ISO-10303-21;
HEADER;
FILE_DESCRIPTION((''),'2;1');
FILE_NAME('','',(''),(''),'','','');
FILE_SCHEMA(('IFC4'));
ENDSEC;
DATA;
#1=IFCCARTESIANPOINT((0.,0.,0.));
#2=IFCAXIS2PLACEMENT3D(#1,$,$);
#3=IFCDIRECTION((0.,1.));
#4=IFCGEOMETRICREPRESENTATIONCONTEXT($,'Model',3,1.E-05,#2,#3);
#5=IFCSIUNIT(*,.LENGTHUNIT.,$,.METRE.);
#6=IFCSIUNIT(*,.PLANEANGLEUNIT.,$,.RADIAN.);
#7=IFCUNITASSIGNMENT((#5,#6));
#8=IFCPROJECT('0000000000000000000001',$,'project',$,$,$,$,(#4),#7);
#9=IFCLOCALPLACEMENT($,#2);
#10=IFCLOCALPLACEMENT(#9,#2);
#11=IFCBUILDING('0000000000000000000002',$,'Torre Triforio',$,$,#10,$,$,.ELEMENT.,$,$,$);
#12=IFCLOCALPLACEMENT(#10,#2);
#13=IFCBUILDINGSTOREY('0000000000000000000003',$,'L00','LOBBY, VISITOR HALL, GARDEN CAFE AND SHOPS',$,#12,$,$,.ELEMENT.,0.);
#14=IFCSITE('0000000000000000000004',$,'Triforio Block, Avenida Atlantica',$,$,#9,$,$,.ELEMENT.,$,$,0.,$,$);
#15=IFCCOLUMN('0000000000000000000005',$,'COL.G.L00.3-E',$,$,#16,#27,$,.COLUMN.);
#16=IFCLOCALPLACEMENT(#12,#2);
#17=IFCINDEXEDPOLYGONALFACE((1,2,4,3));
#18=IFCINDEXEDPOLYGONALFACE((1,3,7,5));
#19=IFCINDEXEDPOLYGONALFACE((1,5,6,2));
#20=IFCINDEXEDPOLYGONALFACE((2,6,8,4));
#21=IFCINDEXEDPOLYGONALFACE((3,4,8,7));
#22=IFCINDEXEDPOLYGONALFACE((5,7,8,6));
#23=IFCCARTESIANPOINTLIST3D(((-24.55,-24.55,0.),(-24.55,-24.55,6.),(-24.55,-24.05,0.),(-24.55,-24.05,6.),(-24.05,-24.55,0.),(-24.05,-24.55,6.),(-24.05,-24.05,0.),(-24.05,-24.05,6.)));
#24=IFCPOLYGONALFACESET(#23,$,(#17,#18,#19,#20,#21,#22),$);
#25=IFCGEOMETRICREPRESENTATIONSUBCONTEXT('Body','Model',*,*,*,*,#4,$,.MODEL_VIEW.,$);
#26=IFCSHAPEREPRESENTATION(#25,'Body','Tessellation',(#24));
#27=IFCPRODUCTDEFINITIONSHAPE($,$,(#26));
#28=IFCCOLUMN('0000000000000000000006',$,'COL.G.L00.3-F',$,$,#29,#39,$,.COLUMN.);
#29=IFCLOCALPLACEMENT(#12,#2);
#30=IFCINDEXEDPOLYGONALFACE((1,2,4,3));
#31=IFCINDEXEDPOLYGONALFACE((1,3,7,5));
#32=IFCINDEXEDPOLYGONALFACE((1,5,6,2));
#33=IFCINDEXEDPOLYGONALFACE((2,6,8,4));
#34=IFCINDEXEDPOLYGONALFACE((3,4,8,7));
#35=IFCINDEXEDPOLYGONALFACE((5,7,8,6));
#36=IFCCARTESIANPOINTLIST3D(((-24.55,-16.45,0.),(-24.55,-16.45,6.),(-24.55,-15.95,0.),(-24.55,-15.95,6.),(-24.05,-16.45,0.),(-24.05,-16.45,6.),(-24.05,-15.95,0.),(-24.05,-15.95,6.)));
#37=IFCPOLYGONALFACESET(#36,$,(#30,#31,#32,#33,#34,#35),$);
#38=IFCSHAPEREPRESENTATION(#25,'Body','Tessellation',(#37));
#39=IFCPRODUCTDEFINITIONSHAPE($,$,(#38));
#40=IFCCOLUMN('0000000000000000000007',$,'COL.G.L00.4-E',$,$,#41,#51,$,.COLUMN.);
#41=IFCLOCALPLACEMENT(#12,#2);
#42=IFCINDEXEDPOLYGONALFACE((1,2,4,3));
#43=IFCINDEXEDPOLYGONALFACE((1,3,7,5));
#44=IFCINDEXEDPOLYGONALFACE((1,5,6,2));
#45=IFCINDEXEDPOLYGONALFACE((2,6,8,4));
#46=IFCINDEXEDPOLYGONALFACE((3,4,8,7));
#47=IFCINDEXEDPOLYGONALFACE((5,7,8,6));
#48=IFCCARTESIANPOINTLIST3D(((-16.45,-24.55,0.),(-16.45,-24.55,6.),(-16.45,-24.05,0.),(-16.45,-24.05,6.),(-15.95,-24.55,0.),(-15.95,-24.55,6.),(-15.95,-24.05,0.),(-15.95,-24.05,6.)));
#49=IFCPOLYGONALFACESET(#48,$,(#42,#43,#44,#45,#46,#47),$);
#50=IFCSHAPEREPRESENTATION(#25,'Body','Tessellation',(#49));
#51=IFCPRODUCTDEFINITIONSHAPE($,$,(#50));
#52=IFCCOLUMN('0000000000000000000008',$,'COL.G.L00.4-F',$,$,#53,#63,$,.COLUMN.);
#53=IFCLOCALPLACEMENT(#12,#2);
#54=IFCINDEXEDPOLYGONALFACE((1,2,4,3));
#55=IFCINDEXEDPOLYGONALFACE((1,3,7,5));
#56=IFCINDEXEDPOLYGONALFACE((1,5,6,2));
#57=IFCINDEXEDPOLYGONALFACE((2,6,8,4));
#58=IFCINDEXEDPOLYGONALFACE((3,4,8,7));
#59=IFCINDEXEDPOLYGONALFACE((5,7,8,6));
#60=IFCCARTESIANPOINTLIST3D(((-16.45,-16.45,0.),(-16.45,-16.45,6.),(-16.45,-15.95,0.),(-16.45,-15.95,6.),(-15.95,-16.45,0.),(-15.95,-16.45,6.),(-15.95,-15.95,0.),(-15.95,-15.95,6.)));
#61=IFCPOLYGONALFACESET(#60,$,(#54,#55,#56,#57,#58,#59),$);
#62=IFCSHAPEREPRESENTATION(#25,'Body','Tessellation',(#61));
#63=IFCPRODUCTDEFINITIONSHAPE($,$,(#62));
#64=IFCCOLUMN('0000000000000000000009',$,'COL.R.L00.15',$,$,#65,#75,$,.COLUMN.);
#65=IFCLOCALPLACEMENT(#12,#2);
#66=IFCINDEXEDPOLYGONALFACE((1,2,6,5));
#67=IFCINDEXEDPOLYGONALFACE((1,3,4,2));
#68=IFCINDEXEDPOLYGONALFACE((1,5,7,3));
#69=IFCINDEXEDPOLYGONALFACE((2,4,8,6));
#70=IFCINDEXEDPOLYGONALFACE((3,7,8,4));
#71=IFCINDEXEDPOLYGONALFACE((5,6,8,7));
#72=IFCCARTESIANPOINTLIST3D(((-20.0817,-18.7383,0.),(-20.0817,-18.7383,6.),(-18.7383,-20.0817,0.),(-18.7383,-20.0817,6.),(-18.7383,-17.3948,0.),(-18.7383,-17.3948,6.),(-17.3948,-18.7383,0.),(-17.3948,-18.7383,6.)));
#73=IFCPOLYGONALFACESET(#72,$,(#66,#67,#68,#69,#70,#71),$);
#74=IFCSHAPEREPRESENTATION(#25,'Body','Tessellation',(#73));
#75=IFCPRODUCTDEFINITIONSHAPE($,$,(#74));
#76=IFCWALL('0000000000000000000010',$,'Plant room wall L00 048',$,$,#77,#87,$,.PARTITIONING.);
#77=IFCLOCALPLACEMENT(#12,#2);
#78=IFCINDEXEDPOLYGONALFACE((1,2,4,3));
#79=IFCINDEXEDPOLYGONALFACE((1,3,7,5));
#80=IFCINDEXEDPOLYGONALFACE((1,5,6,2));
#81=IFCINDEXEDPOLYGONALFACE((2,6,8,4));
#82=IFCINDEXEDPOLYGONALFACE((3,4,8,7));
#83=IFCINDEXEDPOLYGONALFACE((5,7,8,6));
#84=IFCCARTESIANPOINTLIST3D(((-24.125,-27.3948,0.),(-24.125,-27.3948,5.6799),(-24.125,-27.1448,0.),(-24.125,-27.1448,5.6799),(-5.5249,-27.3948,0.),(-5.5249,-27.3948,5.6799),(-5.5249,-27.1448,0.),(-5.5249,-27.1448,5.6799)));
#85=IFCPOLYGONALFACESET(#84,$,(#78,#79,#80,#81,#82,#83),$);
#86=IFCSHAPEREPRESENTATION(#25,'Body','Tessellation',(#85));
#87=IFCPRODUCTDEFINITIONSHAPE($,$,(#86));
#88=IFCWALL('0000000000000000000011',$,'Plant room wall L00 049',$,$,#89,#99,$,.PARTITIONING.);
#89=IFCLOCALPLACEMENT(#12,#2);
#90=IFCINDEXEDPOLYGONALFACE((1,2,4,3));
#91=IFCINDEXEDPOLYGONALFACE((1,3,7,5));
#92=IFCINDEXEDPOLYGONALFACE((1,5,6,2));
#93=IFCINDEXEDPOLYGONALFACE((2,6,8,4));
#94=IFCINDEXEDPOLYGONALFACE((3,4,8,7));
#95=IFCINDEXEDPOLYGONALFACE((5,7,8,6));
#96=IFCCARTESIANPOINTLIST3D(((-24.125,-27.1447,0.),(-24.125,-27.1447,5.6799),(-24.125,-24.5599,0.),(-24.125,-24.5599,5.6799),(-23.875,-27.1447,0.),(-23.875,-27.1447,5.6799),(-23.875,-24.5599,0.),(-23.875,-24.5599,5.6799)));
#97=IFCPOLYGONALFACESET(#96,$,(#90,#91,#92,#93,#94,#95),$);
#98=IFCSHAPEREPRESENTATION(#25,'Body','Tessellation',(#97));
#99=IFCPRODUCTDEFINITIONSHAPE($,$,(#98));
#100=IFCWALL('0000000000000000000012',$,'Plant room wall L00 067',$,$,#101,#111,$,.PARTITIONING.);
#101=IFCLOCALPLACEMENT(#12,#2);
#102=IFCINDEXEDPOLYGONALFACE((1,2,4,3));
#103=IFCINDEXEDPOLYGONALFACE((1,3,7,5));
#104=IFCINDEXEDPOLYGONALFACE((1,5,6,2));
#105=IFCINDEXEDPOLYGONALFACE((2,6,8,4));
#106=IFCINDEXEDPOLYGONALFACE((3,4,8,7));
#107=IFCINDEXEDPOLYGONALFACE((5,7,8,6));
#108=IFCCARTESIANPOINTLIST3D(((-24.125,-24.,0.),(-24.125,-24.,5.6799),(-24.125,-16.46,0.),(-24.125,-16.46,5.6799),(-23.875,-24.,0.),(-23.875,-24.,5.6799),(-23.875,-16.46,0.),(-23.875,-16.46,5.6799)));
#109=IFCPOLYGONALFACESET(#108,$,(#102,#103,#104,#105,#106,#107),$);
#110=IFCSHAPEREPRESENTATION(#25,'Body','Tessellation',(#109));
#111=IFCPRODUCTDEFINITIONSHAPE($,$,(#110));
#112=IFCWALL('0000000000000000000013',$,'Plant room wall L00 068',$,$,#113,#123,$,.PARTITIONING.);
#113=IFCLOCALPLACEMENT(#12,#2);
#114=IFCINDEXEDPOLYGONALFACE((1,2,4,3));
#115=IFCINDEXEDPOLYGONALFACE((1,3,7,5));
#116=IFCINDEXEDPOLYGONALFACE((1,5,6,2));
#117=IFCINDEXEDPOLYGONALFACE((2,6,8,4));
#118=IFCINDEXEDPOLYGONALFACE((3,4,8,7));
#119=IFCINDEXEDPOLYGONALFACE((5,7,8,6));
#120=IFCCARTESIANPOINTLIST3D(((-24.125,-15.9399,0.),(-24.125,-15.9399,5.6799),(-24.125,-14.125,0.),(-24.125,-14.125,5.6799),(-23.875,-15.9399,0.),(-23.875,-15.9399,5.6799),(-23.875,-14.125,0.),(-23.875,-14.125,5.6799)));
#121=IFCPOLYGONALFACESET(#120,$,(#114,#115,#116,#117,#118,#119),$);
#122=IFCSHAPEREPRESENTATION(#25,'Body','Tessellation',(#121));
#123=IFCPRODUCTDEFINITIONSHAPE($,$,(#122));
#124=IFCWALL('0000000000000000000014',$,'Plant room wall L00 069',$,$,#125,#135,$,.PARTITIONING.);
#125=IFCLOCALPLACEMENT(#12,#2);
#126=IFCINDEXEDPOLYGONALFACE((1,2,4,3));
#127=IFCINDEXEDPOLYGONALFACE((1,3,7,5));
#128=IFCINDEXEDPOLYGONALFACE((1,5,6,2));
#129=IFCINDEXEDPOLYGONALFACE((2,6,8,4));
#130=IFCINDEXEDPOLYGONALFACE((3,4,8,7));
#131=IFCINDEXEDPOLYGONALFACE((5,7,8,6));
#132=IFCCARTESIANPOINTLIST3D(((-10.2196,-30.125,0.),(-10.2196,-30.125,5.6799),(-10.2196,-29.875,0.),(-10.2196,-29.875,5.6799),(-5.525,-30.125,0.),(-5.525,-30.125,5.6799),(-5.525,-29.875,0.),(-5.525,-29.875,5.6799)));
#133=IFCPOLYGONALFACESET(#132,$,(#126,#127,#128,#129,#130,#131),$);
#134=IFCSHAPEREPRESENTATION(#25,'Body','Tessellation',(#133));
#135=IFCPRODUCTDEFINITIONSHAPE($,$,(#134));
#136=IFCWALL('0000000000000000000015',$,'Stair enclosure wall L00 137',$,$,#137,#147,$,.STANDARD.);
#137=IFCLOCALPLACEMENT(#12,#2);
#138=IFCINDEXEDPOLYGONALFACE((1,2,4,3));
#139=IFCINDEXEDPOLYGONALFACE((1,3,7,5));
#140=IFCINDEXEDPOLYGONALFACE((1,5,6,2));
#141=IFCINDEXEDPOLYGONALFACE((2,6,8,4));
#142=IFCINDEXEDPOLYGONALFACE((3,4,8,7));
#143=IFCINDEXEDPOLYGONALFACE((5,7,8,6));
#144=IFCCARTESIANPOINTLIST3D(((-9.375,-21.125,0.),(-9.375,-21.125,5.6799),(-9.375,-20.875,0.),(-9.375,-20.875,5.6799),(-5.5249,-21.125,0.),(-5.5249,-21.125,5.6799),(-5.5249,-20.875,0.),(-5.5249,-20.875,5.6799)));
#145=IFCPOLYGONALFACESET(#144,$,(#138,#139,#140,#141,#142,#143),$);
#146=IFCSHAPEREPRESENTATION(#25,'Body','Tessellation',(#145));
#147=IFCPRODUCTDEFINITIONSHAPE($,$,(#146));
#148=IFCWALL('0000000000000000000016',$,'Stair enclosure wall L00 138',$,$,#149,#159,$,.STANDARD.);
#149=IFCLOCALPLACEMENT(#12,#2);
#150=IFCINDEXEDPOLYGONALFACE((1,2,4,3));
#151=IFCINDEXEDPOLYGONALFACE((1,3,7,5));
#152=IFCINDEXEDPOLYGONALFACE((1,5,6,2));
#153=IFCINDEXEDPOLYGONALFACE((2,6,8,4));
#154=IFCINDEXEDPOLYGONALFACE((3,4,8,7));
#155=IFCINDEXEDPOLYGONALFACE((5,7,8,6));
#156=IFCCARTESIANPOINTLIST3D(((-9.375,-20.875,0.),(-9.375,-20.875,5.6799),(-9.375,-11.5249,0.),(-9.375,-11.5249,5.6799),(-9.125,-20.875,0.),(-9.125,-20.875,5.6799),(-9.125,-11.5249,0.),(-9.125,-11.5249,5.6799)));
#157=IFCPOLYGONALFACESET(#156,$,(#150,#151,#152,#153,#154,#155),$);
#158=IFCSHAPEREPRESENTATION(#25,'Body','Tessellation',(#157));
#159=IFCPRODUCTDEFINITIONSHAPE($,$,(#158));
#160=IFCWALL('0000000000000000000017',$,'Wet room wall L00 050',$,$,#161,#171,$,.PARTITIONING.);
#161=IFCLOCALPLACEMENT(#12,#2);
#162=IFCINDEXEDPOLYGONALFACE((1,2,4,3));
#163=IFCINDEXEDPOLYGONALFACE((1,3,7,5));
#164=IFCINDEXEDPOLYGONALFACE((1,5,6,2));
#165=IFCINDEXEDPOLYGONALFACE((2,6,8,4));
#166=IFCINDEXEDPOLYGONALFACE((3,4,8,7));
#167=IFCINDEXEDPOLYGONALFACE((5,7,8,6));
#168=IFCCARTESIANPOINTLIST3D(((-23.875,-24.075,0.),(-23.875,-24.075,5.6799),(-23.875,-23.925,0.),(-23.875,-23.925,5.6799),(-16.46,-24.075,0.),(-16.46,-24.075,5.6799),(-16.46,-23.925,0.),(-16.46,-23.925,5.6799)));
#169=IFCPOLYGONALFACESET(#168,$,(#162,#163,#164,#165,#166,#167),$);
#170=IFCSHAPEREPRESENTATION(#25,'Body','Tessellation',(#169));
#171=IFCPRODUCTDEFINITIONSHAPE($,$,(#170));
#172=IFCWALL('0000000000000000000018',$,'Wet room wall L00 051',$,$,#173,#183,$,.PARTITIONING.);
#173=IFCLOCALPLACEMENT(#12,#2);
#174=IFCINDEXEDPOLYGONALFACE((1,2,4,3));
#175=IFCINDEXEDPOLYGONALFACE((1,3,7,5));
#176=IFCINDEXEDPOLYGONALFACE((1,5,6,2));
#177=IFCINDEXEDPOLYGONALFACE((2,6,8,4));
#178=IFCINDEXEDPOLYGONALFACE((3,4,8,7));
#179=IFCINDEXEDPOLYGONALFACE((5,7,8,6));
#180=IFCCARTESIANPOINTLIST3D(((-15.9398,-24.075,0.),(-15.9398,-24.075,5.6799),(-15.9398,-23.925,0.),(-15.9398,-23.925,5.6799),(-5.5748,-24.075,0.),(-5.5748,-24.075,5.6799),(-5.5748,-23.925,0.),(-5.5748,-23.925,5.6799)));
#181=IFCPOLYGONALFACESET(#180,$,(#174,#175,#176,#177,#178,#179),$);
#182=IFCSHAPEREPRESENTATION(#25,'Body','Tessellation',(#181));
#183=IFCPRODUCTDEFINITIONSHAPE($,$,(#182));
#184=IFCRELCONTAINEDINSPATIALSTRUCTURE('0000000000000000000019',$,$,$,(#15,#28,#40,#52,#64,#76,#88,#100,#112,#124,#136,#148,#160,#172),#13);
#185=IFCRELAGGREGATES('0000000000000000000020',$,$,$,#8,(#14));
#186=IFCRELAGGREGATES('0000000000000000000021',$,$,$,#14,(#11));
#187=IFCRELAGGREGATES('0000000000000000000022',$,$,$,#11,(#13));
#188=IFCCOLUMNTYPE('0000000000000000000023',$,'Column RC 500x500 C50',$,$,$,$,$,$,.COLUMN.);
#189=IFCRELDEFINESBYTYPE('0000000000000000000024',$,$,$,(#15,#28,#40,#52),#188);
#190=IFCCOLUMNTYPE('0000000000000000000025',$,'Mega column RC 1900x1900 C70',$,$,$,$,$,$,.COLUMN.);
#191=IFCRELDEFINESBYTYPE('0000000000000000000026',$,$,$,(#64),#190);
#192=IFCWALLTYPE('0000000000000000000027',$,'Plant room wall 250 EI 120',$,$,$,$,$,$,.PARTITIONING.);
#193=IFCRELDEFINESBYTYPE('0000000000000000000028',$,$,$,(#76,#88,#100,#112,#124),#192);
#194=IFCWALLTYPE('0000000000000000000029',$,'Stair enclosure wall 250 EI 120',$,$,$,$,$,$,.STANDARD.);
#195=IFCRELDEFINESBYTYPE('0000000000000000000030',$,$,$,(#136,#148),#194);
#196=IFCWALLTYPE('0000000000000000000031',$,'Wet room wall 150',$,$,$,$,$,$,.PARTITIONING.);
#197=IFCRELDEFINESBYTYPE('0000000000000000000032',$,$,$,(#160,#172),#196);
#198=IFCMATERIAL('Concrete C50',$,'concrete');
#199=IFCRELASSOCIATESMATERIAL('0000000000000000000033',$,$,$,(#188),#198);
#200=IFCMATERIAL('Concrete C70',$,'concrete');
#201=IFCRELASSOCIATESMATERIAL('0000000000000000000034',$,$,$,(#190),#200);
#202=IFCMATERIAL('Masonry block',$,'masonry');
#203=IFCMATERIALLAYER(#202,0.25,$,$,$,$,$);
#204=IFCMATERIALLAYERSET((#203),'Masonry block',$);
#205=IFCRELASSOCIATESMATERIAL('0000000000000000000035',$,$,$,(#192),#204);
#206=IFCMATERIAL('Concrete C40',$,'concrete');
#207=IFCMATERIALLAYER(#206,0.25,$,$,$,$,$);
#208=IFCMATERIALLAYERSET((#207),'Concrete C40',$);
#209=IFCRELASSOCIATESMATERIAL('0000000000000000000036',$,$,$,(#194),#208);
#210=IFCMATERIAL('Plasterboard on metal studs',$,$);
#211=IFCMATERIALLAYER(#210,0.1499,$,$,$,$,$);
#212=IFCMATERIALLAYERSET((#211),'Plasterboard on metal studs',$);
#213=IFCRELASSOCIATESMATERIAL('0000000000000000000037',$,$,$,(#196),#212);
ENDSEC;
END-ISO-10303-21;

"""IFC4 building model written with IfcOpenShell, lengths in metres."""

from ifc_helpers import new_model, si_unit, direction, frame, frame_2d, origin, origin_2d, place, context, subcontext, project, spatial, rectangle, extrude, material, layer, layer_set, material_profile, profile_set, type_object, element, save


model = new_model("IFC4")

# Units and contexts
model_context = context("Model", 3, precision=1e-05, world=origin(), true_north=direction((0.0, 1.0)))
body_context = subcontext(model_context, "Body", "Model", "MODEL_VIEW")
ifc_project = project(units=[si_unit("LENGTHUNIT", "METRE"), si_unit("PLANEANGLEUNIT", "RADIAN")], contexts=[model_context])

# Site, building, storey
site_placement = place(None, origin())
site = spatial("IfcSite", under=ifc_project, at=site_placement, Name="Triforio Block, Avenida Atlantica", CompositionType="ELEMENT", RefElevation=0.0)
building_placement = place(site_placement, origin())
building = spatial("IfcBuilding", under=site, at=building_placement, Name="Torre Triforio", CompositionType="ELEMENT")
storey_placement = place(building_placement, origin())
storey = spatial("IfcBuildingStorey", under=building, at=storey_placement, Name="L00", Description="LOBBY, VISITOR HALL, GARDEN CAFE AND SHOPS", CompositionType="ELEMENT", Elevation=0.0)

# Columns
ifc_material_1 = material(Name="Concrete C50", Category="concrete")
ifc_material_profile_1 = material_profile(ifc_material_1, rectangle(XDim=0.5, YDim=0.5, at=origin_2d()), Name="RC 500x500")
ifc_profile_set_1 = profile_set([ifc_material_profile_1], Name="Concrete C50")
column_type_1 = type_object("IfcColumnType", Name="Column RC 500x500 C50", PredefinedType="COLUMN", material=ifc_profile_set_1)
for number, where, z_axis, x_axis, name in (
    (1, (-24.3, -24.3, 0.0), (0.0, 0.0, 1.0), (1.0, 0.0, 0.0), "COL.G.L00.3-E"),
    (2, (-24.3, -16.2, 0.0), (0.0, 0.0, 1.0), (1.0, 0.0, 0.0), "COL.G.L00.3-F"),
    (3, (-16.2, -24.3, 0.0), (0.0, 0.0, 1.0), (1.0, 0.0, 0.0), "COL.G.L00.4-E"),
    (4, (-16.2, -16.2, 0.0), (0.0, 0.0, 1.0), (1.0, 0.0, 0.0), "COL.G.L00.4-F"),
):
    element("IfcColumn", number, at=place(storey_placement, frame(where, z_axis=z_axis, x_axis=x_axis)), inside=storey, type_object=column_type_1, Name=name, PredefinedType="COLUMN", context=body_context, shape_type="SweptSolid", body=[
        extrude(rectangle(XDim=0.5, YDim=0.5, at=origin_2d()), origin(), (0.0, 0.0, 1.0), 6.0),
    ])
ifc_material_2 = material(Name="Concrete C70", Category="concrete")
ifc_material_profile_2 = material_profile(ifc_material_2, rectangle(XDim=1.8999, YDim=1.8999, at=origin_2d()), Name="RC 1900x1900")
ifc_profile_set_2 = profile_set([ifc_material_profile_2], Name="Concrete C70")
column_type_2 = type_object("IfcColumnType", Name="Mega column RC 1900x1900 C70", PredefinedType="COLUMN", material=ifc_profile_set_2)
column_placement = place(storey_placement, frame((-18.7383, -18.7383, 0.0), z_axis=(0.0, 0.0, 1.0), x_axis=(0.707107, -0.707107, 0.0)))
element("IfcColumn", 5, at=column_placement, inside=storey, type_object=column_type_2, Name="COL.R.L00.15", PredefinedType="COLUMN", context=body_context, shape_type="SweptSolid", body=[
    extrude(rectangle(XDim=1.8999, YDim=1.8999, at=origin_2d()), origin(), (0.0, 0.0, 1.0), 6.0),
])

# Walls
ifc_material_3 = material(Name="Masonry block", Category="masonry")
ifc_layer_1 = layer(ifc_material_3, 0.25)
ifc_layer_set_1 = layer_set([ifc_layer_1], Name="Masonry block")
wall_type_1 = type_object("IfcWallType", Name="Plant room wall 250 EI 120", PredefinedType="PARTITIONING", material=ifc_layer_set_1)
wall_1_placement = place(storey_placement, frame((-24.125, -27.2698, 0.0), z_axis=(0.0, 0.0, 1.0), x_axis=(1.0, 0.0, 0.0)))
element("IfcWall", 6, at=wall_1_placement, inside=storey, type_object=wall_type_1, Name="Plant room wall L00 048", PredefinedType="PARTITIONING", context=body_context, shape_type="SweptSolid", body=[
    extrude(rectangle(XDim=18.6001, YDim=0.25, at=frame_2d((9.3, 0.0))), origin(), (0.0, 0.0, 1.0), 5.6799),
])
wall_2_placement = place(storey_placement, frame((-24.0, -27.1448, 0.0), z_axis=(0.0, 0.0, 1.0), x_axis=(0.0, 1.0, 0.0)))
element("IfcWall", 7, at=wall_2_placement, inside=storey, type_object=wall_type_1, Name="Plant room wall L00 049", PredefinedType="PARTITIONING", context=body_context, shape_type="SweptSolid", body=[
    extrude(rectangle(XDim=2.5847, YDim=0.25, at=frame_2d((1.2925, 0.0))), origin(), (0.0, 0.0, 1.0), 5.6799),
])
wall_3_placement = place(storey_placement, frame((-24.0, -24.0, 0.0), z_axis=(0.0, 0.0, 1.0), x_axis=(0.0, 1.0, 0.0)))
element("IfcWall", 8, at=wall_3_placement, inside=storey, type_object=wall_type_1, Name="Plant room wall L00 067", PredefinedType="PARTITIONING", context=body_context, shape_type="SweptSolid", body=[
    extrude(rectangle(XDim=7.54, YDim=0.25, at=frame_2d((3.77, 0.0))), origin(), (0.0, 0.0, 1.0), 5.6799),
])
wall_4_placement = place(storey_placement, frame((-24.0, -15.9399, 0.0), z_axis=(0.0, 0.0, 1.0), x_axis=(0.0, 1.0, 0.0)))
element("IfcWall", 9, at=wall_4_placement, inside=storey, type_object=wall_type_1, Name="Plant room wall L00 068", PredefinedType="PARTITIONING", context=body_context, shape_type="SweptSolid", body=[
    extrude(rectangle(XDim=1.8149, YDim=0.25, at=frame_2d((0.9075, 0.0))), origin(), (0.0, 0.0, 1.0), 5.6799),
])
wall_5_placement = place(storey_placement, frame((-10.2195, -30.0, 0.0), z_axis=(0.0, 0.0, 1.0), x_axis=(1.0, 0.0, 0.0)))
element("IfcWall", 10, at=wall_5_placement, inside=storey, type_object=wall_type_1, Name="Plant room wall L00 069", PredefinedType="PARTITIONING", context=body_context, shape_type="SweptSolid", body=[
    extrude(rectangle(XDim=4.6946, YDim=0.25, at=frame_2d((2.3472, 0.0))), origin(), (0.0, 0.0, 1.0), 5.6799),
])
ifc_material_4 = material(Name="Concrete C40", Category="concrete")
ifc_layer_2 = layer(ifc_material_4, 0.25)
ifc_layer_set_2 = layer_set([ifc_layer_2], Name="Concrete C40")
wall_type_2 = type_object("IfcWallType", Name="Stair enclosure wall 250 EI 120", PredefinedType="STANDARD", material=ifc_layer_set_2)
wall_6_placement = place(storey_placement, frame((-9.375, -21.0, 0.0), z_axis=(0.0, 0.0, 1.0), x_axis=(1.0, 0.0, 0.0)))
element("IfcWall", 11, at=wall_6_placement, inside=storey, type_object=wall_type_2, Name="Stair enclosure wall L00 137", PredefinedType="STANDARD", context=body_context, shape_type="SweptSolid", body=[
    extrude(rectangle(XDim=3.8501, YDim=0.25, at=frame_2d((1.925, 0.0))), origin(), (0.0, 0.0, 1.0), 5.6799),
])
wall_7_placement = place(storey_placement, frame((-9.25, -20.875, 0.0), z_axis=(0.0, 0.0, 1.0), x_axis=(0.0, 1.0, 0.0)))
element("IfcWall", 12, at=wall_7_placement, inside=storey, type_object=wall_type_2, Name="Stair enclosure wall L00 138", PredefinedType="STANDARD", context=body_context, shape_type="SweptSolid", body=[
    extrude(rectangle(XDim=9.3501, YDim=0.25, at=frame_2d((4.675, 0.0))), origin(), (0.0, 0.0, 1.0), 5.6799),
])
ifc_material_5 = material(Name="Plasterboard on metal studs")
ifc_layer_3 = layer(ifc_material_5, 0.1499)
ifc_layer_set_3 = layer_set([ifc_layer_3], Name="Plasterboard on metal studs")
wall_type_3 = type_object("IfcWallType", Name="Wet room wall 150", PredefinedType="PARTITIONING", material=ifc_layer_set_3)
wall_8_placement = place(storey_placement, frame((-23.875, -24.0, 0.0), z_axis=(0.0, 0.0, 1.0), x_axis=(1.0, 0.0, 0.0)))
element("IfcWall", 13, at=wall_8_placement, inside=storey, type_object=wall_type_3, Name="Wet room wall L00 050", PredefinedType="PARTITIONING", context=body_context, shape_type="SweptSolid", body=[
    extrude(rectangle(XDim=7.415, YDim=0.1499, at=frame_2d((3.7075, 0.0))), origin(), (0.0, 0.0, 1.0), 5.6799),
])
wall_9_placement = place(storey_placement, frame((-15.9399, -24.0, 0.0), z_axis=(0.0, 0.0, 1.0), x_axis=(1.0, 0.0, 0.0)))
element("IfcWall", 14, at=wall_9_placement, inside=storey, type_object=wall_type_3, Name="Wet room wall L00 051", PredefinedType="PARTITIONING", context=body_context, shape_type="SweptSolid", body=[
    extrude(rectangle(XDim=10.365, YDim=0.1499, at=frame_2d((5.1826, 0.0))), origin(), (0.0, 0.0, 1.0), 5.6799),
])

save(model, "model.ifc")
